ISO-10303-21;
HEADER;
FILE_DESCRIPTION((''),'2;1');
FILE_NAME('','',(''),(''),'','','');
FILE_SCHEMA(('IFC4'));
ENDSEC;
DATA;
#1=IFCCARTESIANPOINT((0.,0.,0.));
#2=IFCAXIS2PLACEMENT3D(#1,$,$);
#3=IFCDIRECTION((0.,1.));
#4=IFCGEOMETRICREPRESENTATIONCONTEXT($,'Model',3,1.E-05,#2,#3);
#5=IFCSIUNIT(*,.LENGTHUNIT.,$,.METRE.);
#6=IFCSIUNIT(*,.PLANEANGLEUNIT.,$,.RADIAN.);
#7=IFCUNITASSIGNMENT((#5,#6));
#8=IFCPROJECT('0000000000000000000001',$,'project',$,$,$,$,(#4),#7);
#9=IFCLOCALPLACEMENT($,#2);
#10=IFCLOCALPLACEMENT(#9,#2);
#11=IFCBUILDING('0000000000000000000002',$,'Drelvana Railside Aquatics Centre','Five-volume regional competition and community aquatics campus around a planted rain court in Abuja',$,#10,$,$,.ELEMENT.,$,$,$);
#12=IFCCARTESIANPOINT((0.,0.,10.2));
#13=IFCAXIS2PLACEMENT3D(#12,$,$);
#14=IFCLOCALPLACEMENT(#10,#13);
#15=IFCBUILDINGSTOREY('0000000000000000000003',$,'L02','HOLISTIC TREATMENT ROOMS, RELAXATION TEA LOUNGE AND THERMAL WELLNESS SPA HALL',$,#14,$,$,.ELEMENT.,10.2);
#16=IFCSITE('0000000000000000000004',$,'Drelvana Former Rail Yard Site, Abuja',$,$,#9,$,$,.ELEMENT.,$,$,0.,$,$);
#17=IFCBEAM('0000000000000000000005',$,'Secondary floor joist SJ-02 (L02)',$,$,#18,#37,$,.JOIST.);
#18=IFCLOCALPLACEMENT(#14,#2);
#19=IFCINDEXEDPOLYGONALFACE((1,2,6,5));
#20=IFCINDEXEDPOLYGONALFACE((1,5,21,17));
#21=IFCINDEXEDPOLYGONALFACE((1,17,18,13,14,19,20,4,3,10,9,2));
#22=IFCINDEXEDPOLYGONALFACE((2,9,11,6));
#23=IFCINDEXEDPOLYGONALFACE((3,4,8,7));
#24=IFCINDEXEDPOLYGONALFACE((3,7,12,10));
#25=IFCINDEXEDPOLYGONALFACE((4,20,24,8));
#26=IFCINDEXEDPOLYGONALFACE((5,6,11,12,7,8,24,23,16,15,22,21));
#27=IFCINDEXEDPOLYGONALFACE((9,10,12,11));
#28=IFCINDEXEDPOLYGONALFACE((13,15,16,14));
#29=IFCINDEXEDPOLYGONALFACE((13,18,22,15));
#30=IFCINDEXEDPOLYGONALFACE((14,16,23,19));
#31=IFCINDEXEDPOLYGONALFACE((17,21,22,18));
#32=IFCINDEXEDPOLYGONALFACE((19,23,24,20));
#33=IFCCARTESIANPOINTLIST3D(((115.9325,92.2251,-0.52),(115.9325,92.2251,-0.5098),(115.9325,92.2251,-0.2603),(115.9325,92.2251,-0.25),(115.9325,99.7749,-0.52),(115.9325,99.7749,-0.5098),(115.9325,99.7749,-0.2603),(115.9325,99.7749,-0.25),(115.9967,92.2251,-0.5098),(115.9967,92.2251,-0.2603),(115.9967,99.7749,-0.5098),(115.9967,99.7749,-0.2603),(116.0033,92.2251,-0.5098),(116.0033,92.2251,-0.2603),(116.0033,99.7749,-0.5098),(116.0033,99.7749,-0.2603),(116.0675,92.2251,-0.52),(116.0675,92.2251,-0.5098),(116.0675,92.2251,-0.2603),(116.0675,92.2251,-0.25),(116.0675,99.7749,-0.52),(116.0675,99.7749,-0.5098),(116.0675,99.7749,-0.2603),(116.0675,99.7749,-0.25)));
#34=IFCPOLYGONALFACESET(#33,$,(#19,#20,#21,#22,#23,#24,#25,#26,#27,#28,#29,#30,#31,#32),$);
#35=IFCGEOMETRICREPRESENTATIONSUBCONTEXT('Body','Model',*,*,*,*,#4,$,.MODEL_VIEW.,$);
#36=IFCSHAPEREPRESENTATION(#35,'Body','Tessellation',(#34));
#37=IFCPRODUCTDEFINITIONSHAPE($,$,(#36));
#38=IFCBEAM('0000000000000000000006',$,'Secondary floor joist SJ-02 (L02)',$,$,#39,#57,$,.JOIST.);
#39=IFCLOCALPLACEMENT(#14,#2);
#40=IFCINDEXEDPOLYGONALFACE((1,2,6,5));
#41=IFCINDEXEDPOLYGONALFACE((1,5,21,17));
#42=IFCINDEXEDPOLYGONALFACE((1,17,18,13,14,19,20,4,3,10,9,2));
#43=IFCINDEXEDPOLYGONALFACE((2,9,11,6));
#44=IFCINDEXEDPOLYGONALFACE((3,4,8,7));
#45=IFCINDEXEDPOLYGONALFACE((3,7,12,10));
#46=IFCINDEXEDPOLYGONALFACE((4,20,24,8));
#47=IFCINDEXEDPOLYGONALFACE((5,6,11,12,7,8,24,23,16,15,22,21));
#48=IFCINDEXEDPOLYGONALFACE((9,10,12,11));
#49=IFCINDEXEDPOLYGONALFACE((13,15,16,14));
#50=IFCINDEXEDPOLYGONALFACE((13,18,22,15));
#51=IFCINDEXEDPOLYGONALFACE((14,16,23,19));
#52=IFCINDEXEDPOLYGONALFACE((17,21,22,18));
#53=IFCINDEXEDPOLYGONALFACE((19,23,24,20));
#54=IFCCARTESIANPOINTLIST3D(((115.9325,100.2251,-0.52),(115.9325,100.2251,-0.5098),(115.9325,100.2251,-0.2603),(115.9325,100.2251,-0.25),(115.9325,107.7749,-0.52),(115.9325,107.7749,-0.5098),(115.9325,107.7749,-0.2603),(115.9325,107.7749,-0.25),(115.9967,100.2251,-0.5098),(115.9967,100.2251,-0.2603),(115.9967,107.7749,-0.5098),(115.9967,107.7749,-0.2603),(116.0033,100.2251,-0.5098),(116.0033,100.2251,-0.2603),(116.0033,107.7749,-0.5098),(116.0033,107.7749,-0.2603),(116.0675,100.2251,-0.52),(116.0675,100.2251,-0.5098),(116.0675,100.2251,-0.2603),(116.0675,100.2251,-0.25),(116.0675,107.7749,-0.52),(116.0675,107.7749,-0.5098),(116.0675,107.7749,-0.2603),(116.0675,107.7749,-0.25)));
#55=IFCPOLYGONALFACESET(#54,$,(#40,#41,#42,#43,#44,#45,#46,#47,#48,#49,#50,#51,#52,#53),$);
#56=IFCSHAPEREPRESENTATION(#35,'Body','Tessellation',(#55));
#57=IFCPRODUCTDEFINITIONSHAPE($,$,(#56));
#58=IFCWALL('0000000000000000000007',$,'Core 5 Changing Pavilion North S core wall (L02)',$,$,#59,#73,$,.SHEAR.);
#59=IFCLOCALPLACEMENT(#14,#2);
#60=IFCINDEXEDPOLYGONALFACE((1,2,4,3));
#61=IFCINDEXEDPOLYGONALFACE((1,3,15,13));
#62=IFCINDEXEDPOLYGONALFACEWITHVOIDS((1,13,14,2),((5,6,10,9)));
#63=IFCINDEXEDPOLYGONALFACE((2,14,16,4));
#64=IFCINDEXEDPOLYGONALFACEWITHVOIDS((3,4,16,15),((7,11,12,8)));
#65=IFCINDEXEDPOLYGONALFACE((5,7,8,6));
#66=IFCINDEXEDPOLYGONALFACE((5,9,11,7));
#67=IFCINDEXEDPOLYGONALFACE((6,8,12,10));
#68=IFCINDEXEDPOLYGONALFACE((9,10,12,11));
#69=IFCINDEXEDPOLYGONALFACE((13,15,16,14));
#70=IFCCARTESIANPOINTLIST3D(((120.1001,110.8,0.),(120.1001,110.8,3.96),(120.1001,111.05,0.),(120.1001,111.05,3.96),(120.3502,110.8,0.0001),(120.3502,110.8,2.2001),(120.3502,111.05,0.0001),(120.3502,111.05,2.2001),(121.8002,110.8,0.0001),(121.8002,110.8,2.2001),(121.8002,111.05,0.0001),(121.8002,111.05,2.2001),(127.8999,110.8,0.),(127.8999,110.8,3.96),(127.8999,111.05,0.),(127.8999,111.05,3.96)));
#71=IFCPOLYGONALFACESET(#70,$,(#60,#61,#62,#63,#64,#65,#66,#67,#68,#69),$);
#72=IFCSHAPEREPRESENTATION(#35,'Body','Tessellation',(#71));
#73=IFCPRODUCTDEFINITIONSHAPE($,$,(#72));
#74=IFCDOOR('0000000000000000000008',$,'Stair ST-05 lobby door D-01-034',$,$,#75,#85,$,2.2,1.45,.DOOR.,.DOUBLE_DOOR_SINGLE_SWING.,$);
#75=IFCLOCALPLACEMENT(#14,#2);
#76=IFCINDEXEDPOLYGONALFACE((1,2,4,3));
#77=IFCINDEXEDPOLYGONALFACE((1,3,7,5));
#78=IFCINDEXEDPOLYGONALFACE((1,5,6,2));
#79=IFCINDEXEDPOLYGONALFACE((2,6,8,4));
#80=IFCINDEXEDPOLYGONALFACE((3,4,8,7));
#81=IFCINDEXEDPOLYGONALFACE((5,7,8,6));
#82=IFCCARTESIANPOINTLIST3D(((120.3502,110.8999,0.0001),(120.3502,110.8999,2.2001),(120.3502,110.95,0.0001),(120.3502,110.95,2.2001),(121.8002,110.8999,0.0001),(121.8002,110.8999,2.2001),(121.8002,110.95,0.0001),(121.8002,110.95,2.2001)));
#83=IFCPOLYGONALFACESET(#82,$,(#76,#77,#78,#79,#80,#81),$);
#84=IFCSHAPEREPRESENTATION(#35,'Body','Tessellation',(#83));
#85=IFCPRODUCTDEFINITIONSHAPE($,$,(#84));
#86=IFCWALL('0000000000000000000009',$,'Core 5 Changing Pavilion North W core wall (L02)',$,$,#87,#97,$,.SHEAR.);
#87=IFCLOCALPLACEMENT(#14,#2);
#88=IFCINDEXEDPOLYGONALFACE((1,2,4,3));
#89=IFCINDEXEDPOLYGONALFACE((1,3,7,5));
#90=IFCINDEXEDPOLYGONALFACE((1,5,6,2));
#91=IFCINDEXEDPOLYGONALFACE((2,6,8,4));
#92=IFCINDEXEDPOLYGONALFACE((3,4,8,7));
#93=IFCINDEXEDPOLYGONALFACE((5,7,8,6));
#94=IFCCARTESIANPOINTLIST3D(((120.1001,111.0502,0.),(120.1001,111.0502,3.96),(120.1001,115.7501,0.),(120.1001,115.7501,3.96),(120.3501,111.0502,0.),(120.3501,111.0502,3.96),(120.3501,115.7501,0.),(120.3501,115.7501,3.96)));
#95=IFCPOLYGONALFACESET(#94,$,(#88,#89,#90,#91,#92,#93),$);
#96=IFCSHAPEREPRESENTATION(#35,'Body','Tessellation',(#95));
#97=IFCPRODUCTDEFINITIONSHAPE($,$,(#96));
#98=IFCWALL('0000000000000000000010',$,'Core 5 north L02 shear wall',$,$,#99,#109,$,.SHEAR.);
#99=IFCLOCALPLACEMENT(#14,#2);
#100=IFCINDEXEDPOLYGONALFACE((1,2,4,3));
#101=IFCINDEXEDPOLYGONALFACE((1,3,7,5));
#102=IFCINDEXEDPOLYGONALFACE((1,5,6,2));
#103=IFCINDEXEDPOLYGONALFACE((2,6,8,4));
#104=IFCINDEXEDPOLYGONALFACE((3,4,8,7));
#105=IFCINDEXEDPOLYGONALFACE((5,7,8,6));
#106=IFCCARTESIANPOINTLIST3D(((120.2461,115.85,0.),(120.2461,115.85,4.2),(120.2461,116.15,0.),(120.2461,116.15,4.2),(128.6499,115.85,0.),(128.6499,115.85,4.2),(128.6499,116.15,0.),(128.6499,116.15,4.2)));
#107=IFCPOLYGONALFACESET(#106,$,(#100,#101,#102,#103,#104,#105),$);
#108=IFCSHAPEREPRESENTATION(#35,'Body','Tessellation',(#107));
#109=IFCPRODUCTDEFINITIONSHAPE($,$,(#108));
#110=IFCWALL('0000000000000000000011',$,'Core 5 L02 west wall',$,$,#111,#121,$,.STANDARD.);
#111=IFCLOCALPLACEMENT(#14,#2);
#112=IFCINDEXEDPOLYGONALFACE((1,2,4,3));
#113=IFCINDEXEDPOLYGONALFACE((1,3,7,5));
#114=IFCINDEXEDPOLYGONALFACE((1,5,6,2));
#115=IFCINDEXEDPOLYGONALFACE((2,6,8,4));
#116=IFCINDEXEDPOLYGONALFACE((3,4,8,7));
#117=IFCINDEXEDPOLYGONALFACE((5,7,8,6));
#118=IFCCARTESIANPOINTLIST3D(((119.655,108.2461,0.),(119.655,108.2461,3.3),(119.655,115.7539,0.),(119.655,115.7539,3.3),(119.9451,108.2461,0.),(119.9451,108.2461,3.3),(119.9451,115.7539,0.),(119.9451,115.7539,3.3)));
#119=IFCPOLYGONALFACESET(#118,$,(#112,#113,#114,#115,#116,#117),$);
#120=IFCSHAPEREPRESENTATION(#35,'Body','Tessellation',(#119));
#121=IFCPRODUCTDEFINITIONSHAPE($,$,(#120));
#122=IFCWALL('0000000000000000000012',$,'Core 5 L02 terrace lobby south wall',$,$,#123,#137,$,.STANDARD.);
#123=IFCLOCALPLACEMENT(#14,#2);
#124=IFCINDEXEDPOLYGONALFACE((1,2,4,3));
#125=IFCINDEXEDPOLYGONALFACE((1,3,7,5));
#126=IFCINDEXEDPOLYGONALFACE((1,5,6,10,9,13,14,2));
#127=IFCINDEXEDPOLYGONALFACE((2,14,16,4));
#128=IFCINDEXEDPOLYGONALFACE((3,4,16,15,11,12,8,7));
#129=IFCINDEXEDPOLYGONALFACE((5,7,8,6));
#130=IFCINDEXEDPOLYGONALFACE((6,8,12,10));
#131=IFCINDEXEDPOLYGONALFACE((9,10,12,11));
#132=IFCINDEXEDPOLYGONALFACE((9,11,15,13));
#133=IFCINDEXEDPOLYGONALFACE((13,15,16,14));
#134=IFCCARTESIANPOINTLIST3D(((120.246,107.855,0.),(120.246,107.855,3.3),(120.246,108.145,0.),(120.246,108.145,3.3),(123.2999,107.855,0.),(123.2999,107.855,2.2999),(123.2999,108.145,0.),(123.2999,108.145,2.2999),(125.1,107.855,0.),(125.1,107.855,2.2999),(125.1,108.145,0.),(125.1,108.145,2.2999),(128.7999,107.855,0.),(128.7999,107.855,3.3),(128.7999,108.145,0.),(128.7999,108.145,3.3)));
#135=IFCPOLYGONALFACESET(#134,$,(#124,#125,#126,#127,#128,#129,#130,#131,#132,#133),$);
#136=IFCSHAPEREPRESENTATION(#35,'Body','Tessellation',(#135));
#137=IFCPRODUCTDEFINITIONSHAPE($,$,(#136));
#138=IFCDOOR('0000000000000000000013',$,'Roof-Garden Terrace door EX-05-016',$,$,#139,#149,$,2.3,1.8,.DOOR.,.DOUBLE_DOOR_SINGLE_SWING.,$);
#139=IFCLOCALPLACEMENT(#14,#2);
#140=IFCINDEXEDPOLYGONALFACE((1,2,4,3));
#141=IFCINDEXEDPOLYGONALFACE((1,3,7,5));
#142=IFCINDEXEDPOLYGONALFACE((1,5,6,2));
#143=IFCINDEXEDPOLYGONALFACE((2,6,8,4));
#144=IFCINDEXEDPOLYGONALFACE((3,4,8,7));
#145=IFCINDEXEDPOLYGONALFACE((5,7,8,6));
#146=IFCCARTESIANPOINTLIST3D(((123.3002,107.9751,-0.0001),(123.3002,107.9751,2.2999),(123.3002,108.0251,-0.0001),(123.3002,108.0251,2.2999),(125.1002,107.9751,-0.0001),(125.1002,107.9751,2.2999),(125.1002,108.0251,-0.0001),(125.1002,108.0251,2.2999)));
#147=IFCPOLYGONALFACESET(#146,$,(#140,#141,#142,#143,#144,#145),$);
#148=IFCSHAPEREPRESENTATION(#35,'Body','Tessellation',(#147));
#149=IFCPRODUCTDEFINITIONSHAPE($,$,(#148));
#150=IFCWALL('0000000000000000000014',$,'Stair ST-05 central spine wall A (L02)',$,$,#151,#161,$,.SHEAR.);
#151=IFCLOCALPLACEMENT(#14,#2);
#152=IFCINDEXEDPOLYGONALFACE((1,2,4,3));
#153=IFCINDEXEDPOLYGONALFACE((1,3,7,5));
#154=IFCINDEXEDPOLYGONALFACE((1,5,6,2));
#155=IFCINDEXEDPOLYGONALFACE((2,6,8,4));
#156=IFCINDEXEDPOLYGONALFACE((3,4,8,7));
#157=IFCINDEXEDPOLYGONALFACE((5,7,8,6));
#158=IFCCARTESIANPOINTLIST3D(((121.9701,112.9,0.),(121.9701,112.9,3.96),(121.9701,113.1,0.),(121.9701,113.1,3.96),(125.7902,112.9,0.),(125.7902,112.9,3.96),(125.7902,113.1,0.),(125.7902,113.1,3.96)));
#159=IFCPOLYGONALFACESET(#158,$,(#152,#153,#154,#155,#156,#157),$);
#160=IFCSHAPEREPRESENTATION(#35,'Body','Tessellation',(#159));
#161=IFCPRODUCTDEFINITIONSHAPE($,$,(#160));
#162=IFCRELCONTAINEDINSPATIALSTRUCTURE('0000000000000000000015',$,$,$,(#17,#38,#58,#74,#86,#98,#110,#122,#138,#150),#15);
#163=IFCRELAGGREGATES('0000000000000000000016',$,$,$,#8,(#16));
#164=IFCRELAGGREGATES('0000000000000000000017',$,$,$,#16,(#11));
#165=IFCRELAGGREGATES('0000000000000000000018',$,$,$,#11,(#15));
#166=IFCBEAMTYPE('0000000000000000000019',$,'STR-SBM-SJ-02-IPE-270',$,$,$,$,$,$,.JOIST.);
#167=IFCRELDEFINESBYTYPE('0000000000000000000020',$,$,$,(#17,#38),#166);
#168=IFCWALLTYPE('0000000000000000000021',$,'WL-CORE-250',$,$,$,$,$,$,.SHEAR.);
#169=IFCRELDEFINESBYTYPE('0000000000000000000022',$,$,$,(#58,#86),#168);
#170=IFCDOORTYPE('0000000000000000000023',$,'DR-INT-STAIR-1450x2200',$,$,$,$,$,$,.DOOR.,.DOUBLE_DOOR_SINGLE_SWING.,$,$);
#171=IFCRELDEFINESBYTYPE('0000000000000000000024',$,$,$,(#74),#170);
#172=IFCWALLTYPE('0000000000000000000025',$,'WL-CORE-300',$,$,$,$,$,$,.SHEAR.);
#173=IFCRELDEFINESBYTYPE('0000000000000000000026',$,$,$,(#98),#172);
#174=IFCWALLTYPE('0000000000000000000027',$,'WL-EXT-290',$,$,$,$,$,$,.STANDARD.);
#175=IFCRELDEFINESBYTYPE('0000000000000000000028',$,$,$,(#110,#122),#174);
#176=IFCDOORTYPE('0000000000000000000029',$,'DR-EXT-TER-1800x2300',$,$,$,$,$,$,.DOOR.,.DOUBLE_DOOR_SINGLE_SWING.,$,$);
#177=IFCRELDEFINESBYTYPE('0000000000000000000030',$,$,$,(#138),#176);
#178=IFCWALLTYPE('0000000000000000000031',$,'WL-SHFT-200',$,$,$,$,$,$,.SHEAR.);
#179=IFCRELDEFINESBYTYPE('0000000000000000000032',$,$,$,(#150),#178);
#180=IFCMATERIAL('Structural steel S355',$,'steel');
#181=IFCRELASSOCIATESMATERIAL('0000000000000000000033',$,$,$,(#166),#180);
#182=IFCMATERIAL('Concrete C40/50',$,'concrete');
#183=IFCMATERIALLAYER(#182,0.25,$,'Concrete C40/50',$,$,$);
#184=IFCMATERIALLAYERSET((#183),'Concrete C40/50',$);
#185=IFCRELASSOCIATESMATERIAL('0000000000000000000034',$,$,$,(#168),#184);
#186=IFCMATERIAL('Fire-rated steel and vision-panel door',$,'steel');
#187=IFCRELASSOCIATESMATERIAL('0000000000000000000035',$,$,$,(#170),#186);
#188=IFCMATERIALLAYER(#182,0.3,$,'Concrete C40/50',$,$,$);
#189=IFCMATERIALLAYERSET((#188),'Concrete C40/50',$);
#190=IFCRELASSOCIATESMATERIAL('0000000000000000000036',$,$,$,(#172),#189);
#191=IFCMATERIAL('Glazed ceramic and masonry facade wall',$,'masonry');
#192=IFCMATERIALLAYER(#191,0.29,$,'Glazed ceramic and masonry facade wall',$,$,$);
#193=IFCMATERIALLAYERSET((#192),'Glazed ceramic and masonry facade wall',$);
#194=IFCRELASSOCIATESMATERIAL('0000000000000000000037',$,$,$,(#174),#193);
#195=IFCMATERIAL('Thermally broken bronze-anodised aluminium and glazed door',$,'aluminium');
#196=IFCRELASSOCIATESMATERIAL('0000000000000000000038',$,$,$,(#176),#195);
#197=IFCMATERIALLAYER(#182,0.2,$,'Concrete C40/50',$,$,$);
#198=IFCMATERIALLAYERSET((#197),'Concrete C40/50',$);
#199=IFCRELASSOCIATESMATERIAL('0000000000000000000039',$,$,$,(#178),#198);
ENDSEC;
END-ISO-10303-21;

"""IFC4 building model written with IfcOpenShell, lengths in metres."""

from ifc_helpers import new_model, si_unit, direction, frame, frame_2d, origin, origin_2d, place, context, subcontext, project, spatial, rectangle, i_section, extrude, material, layer, layer_set, material_profile, profile_set, type_object, element, fill, save


model = new_model("IFC4")

# Units and contexts
model_context = context("Model", 3, precision=1e-05, world=origin(), true_north=direction((0.0, 1.0)))
body_context = subcontext(model_context, "Body", "Model", "MODEL_VIEW")
ifc_project = project(units=[si_unit("LENGTHUNIT", "METRE"), si_unit("PLANEANGLEUNIT", "RADIAN")], contexts=[model_context])

# Site, building, storey
site_placement = place(None, origin())
site = spatial("IfcSite", under=ifc_project, at=site_placement, Name="Drelvana Former Rail Yard Site, Abuja", CompositionType="ELEMENT", RefElevation=0.0)
building_placement = place(site_placement, origin())
building = spatial("IfcBuilding", under=site, at=building_placement, Name="Drelvana Railside Aquatics Centre", Description="Five-volume regional competition and community aquatics campus around a planted rain court in Abuja", CompositionType="ELEMENT")
storey_placement = place(building_placement, frame((0.0, 0.0, 10.2)))
storey = spatial("IfcBuildingStorey", under=building, at=storey_placement, Name="L02", Description="HOLISTIC TREATMENT ROOMS, RELAXATION TEA LOUNGE AND THERMAL WELLNESS SPA HALL", CompositionType="ELEMENT", Elevation=10.2)

# Beams
ifc_material_1 = material(Name="Concrete C40/50", Category="concrete")
ifc_material_2 = material(Name="Structural steel S355", Category="steel")
ifc_material_profile_1 = material_profile(ifc_material_2, i_section(OverallWidth=0.135, OverallDepth=0.27, WebThickness=0.0066, FlangeThickness=0.0103, at=origin_2d()), Name="IPE 270")
ifc_profile_set_1 = profile_set([ifc_material_profile_1], Name="Structural steel S355")
beam_type_1 = type_object("IfcBeamType", Name="STR-SBM-SJ-02-IPE-270", PredefinedType="JOIST", material=ifc_profile_set_1)
for number, where, z_axis, x_axis, name in (
    (1, (116.0, 92.2251, -0.385), (0.0, 1.0, 0.0), (-1.0, 0.0, 0.0), "Secondary floor joist SJ-02 (L02)"),
    (2, (116.0, 100.2251, -0.385), (0.0, 1.0, 0.0), (-1.0, 0.0, 0.0), "Secondary floor joist SJ-02 (L02)"),
):
    element("IfcBeam", number, at=place(storey_placement, frame(where, z_axis=z_axis, x_axis=x_axis)), inside=storey, type_object=beam_type_1, Name=name, PredefinedType="JOIST", context=body_context, shape_type="SweptSolid", body=[
        extrude(i_section(OverallWidth=0.135, OverallDepth=0.27, WebThickness=0.0066, FlangeThickness=0.0103, at=origin_2d()), origin(), (0.0, 0.0, 1.0), 7.5498),
    ])

# Wall, opening, door
ifc_layer_1 = layer(ifc_material_1, 0.25, Name="Concrete C40/50")
ifc_layer_set_1 = layer_set([ifc_layer_1], Name="Concrete C40/50")
wall_type_1 = type_object("IfcWallType", Name="WL-CORE-250", PredefinedType="SHEAR", material=ifc_layer_set_1)
wall_1_placement = place(storey_placement, frame((120.1001, 110.925, 0.0), z_axis=(0.0, 0.0, 1.0), x_axis=(1.0, 0.0, 0.0)))
wall_1 = element("IfcWall", 3, at=wall_1_placement, inside=storey, type_object=wall_type_1, Name="Core 5 Changing Pavilion North S core wall (L02)", PredefinedType="SHEAR", context=body_context, shape_type="SweptSolid", body=[
    extrude(rectangle(XDim=7.7998, YDim=0.25, at=frame_2d((3.8999, 0.0))), origin(), (0.0, 0.0, 1.0), 3.96),
])
opening_1_placement = place(wall_1_placement, frame((0.25, 0.0, 0.0)))
opening_1 = element("IfcOpeningElement", 4, at=opening_1_placement, cuts=wall_1, PredefinedType="OPENING", context=body_context, shape_type="SweptSolid", body=[
    extrude(rectangle(XDim=1.45, YDim=2.2, at=frame_2d((0.7251, 1.1001))), frame((0.0, 0.135, 0.0), z_axis=(0.0, -1.0, 0.0), x_axis=(1.0, 0.0, 0.0)), (0.0, 0.0, 1.0), 0.27),
])
ifc_material_3 = material(Name="Fire-rated steel and vision-panel door", Category="steel")
door_type_1 = type_object("IfcDoorType", Name="DR-INT-STAIR-1450x2200", OperationType="DOUBLE_DOOR_SINGLE_SWING", PredefinedType="DOOR", material=ifc_material_3)
door_1_placement = place(opening_1_placement, origin())
door_1 = element("IfcDoor", 5, at=door_1_placement, inside=storey, type_object=door_type_1, Name="Stair ST-05 lobby door D-01-034", OperationType="DOUBLE_DOOR_SINGLE_SWING", OverallHeight=2.2, OverallWidth=1.45, PredefinedType="DOOR", context=body_context, shape_type="SweptSolid", body=[
    extrude(rectangle(XDim=1.45, YDim=2.2, at=frame_2d((0.7251, 1.1001))), frame((0.0, 0.0249, 0.0), z_axis=(0.0, -1.0, 0.0), x_axis=(1.0, 0.0, 0.0)), (0.0, 0.0, 1.0), 0.05),
])
fill(opening_1, door_1)

# Walls
wall_2_placement = place(storey_placement, frame((120.2251, 111.05, 0.0), z_axis=(0.0, 0.0, 1.0), x_axis=(0.0, 1.0, 0.0)))
element("IfcWall", 6, at=wall_2_placement, inside=storey, type_object=wall_type_1, Name="Core 5 Changing Pavilion North W core wall (L02)", PredefinedType="SHEAR", context=body_context, shape_type="SweptSolid", body=[
    extrude(rectangle(XDim=4.7, YDim=0.25, at=frame_2d((2.3501, 0.0))), origin(), (0.0, 0.0, 1.0), 3.96),
])
ifc_layer_2 = layer(ifc_material_1, 0.3, Name="Concrete C40/50")
ifc_layer_set_2 = layer_set([ifc_layer_2], Name="Concrete C40/50")
wall_type_2 = type_object("IfcWallType", Name="WL-CORE-300", PredefinedType="SHEAR", material=ifc_layer_set_2)
wall_3_placement = place(storey_placement, frame((120.2461, 116.0, 0.0), z_axis=(0.0, 0.0, 1.0), x_axis=(1.0, 0.0, 0.0)))
element("IfcWall", 7, at=wall_3_placement, inside=storey, type_object=wall_type_2, Name="Core 5 north L02 shear wall", PredefinedType="SHEAR", context=body_context, shape_type="SweptSolid", body=[
    extrude(rectangle(XDim=8.4038, YDim=0.3, at=frame_2d((4.2019, 0.0))), origin(), (0.0, 0.0, 1.0), 4.2),
])
ifc_material_4 = material(Name="Glazed ceramic and masonry facade wall", Category="masonry")
ifc_layer_3 = layer(ifc_material_4, 0.29, Name="Glazed ceramic and masonry facade wall")
ifc_layer_set_3 = layer_set([ifc_layer_3], Name="Glazed ceramic and masonry facade wall")
wall_type_3 = type_object("IfcWallType", Name="WL-EXT-290", PredefinedType="STANDARD", material=ifc_layer_set_3)
wall_4_placement = place(storey_placement, frame((119.8, 108.2461, 0.0), z_axis=(0.0, 0.0, 1.0), x_axis=(0.0, 1.0, 0.0)))
element("IfcWall", 8, at=wall_4_placement, inside=storey, type_object=wall_type_3, Name="Core 5 L02 west wall", PredefinedType="STANDARD", context=body_context, shape_type="SweptSolid", body=[
    extrude(rectangle(XDim=7.5078, YDim=0.29, at=frame_2d((3.7539, 0.0))), origin(), (0.0, 0.0, 1.0), 3.3),
])

# Wall, opening, door
wall_5_placement = place(storey_placement, frame((120.2461, 108.0, 0.0), z_axis=(0.0, 0.0, 1.0), x_axis=(1.0, 0.0, 0.0)))
wall_5 = element("IfcWall", 9, at=wall_5_placement, inside=storey, type_object=wall_type_3, Name="Core 5 L02 terrace lobby south wall", PredefinedType="STANDARD", context=body_context, shape_type="SweptSolid", body=[
    extrude(rectangle(XDim=8.554, YDim=0.29, at=frame_2d((4.2769, 0.0))), origin(), (0.0, 0.0, 1.0), 3.3),
])
opening_2_placement = place(wall_5_placement, frame((3.054, 0.0, 0.0)))
opening_2 = element("IfcOpeningElement", 10, at=opening_2_placement, cuts=wall_5, PredefinedType="OPENING", context=body_context, shape_type="SweptSolid", body=[
    extrude(rectangle(XDim=1.8, YDim=2.3, at=frame_2d((0.8999, 1.1499))), frame((0.0, 0.155, 0.0), z_axis=(0.0, -1.0, 0.0), x_axis=(1.0, 0.0, 0.0)), (0.0, 0.0, 1.0), 0.3101),
])
ifc_material_5 = material(Name="Thermally broken bronze-anodised aluminium and glazed door", Category="aluminium")
door_type_2 = type_object("IfcDoorType", Name="DR-EXT-TER-1800x2300", OperationType="DOUBLE_DOOR_SINGLE_SWING", PredefinedType="DOOR", material=ifc_material_5)
door_2_placement = place(opening_2_placement, frame((1.8, 0.0, 0.0), z_axis=(0.0, 0.0, 1.0), x_axis=(-1.0, 0.0, 0.0)))
door_2 = element("IfcDoor", 11, at=door_2_placement, inside=storey, type_object=door_type_2, Name="Roof-Garden Terrace door EX-05-016", OperationType="DOUBLE_DOOR_SINGLE_SWING", OverallHeight=2.3, OverallWidth=1.8, PredefinedType="DOOR", context=body_context, shape_type="SweptSolid", body=[
    extrude(rectangle(XDim=1.8, YDim=2.3, at=frame_2d((0.8999, 1.1499))), frame((0.0, 0.0249, 0.0), z_axis=(0.0, -1.0, 0.0), x_axis=(1.0, 0.0, 0.0)), (0.0, 0.0, 1.0), 0.05),
])
fill(opening_2, door_2)

# Wall
ifc_layer_4 = layer(ifc_material_1, 0.2, Name="Concrete C40/50")
ifc_layer_set_4 = layer_set([ifc_layer_4], Name="Concrete C40/50")
wall_type_4 = type_object("IfcWallType", Name="WL-SHFT-200", PredefinedType="SHEAR", material=ifc_layer_set_4)
wall_6_placement = place(storey_placement, frame((121.97, 113.0, 0.0), z_axis=(0.0, 0.0, 1.0), x_axis=(1.0, 0.0, 0.0)))
element("IfcWall", 12, at=wall_6_placement, inside=storey, type_object=wall_type_4, Name="Stair ST-05 central spine wall A (L02)", PredefinedType="SHEAR", context=body_context, shape_type="SweptSolid", body=[
    extrude(rectangle(XDim=3.8201, YDim=0.2, at=frame_2d((1.9102, 0.0))), origin(), (0.0, 0.0, 1.0), 3.96),
])

save(model, "model.ifc")
